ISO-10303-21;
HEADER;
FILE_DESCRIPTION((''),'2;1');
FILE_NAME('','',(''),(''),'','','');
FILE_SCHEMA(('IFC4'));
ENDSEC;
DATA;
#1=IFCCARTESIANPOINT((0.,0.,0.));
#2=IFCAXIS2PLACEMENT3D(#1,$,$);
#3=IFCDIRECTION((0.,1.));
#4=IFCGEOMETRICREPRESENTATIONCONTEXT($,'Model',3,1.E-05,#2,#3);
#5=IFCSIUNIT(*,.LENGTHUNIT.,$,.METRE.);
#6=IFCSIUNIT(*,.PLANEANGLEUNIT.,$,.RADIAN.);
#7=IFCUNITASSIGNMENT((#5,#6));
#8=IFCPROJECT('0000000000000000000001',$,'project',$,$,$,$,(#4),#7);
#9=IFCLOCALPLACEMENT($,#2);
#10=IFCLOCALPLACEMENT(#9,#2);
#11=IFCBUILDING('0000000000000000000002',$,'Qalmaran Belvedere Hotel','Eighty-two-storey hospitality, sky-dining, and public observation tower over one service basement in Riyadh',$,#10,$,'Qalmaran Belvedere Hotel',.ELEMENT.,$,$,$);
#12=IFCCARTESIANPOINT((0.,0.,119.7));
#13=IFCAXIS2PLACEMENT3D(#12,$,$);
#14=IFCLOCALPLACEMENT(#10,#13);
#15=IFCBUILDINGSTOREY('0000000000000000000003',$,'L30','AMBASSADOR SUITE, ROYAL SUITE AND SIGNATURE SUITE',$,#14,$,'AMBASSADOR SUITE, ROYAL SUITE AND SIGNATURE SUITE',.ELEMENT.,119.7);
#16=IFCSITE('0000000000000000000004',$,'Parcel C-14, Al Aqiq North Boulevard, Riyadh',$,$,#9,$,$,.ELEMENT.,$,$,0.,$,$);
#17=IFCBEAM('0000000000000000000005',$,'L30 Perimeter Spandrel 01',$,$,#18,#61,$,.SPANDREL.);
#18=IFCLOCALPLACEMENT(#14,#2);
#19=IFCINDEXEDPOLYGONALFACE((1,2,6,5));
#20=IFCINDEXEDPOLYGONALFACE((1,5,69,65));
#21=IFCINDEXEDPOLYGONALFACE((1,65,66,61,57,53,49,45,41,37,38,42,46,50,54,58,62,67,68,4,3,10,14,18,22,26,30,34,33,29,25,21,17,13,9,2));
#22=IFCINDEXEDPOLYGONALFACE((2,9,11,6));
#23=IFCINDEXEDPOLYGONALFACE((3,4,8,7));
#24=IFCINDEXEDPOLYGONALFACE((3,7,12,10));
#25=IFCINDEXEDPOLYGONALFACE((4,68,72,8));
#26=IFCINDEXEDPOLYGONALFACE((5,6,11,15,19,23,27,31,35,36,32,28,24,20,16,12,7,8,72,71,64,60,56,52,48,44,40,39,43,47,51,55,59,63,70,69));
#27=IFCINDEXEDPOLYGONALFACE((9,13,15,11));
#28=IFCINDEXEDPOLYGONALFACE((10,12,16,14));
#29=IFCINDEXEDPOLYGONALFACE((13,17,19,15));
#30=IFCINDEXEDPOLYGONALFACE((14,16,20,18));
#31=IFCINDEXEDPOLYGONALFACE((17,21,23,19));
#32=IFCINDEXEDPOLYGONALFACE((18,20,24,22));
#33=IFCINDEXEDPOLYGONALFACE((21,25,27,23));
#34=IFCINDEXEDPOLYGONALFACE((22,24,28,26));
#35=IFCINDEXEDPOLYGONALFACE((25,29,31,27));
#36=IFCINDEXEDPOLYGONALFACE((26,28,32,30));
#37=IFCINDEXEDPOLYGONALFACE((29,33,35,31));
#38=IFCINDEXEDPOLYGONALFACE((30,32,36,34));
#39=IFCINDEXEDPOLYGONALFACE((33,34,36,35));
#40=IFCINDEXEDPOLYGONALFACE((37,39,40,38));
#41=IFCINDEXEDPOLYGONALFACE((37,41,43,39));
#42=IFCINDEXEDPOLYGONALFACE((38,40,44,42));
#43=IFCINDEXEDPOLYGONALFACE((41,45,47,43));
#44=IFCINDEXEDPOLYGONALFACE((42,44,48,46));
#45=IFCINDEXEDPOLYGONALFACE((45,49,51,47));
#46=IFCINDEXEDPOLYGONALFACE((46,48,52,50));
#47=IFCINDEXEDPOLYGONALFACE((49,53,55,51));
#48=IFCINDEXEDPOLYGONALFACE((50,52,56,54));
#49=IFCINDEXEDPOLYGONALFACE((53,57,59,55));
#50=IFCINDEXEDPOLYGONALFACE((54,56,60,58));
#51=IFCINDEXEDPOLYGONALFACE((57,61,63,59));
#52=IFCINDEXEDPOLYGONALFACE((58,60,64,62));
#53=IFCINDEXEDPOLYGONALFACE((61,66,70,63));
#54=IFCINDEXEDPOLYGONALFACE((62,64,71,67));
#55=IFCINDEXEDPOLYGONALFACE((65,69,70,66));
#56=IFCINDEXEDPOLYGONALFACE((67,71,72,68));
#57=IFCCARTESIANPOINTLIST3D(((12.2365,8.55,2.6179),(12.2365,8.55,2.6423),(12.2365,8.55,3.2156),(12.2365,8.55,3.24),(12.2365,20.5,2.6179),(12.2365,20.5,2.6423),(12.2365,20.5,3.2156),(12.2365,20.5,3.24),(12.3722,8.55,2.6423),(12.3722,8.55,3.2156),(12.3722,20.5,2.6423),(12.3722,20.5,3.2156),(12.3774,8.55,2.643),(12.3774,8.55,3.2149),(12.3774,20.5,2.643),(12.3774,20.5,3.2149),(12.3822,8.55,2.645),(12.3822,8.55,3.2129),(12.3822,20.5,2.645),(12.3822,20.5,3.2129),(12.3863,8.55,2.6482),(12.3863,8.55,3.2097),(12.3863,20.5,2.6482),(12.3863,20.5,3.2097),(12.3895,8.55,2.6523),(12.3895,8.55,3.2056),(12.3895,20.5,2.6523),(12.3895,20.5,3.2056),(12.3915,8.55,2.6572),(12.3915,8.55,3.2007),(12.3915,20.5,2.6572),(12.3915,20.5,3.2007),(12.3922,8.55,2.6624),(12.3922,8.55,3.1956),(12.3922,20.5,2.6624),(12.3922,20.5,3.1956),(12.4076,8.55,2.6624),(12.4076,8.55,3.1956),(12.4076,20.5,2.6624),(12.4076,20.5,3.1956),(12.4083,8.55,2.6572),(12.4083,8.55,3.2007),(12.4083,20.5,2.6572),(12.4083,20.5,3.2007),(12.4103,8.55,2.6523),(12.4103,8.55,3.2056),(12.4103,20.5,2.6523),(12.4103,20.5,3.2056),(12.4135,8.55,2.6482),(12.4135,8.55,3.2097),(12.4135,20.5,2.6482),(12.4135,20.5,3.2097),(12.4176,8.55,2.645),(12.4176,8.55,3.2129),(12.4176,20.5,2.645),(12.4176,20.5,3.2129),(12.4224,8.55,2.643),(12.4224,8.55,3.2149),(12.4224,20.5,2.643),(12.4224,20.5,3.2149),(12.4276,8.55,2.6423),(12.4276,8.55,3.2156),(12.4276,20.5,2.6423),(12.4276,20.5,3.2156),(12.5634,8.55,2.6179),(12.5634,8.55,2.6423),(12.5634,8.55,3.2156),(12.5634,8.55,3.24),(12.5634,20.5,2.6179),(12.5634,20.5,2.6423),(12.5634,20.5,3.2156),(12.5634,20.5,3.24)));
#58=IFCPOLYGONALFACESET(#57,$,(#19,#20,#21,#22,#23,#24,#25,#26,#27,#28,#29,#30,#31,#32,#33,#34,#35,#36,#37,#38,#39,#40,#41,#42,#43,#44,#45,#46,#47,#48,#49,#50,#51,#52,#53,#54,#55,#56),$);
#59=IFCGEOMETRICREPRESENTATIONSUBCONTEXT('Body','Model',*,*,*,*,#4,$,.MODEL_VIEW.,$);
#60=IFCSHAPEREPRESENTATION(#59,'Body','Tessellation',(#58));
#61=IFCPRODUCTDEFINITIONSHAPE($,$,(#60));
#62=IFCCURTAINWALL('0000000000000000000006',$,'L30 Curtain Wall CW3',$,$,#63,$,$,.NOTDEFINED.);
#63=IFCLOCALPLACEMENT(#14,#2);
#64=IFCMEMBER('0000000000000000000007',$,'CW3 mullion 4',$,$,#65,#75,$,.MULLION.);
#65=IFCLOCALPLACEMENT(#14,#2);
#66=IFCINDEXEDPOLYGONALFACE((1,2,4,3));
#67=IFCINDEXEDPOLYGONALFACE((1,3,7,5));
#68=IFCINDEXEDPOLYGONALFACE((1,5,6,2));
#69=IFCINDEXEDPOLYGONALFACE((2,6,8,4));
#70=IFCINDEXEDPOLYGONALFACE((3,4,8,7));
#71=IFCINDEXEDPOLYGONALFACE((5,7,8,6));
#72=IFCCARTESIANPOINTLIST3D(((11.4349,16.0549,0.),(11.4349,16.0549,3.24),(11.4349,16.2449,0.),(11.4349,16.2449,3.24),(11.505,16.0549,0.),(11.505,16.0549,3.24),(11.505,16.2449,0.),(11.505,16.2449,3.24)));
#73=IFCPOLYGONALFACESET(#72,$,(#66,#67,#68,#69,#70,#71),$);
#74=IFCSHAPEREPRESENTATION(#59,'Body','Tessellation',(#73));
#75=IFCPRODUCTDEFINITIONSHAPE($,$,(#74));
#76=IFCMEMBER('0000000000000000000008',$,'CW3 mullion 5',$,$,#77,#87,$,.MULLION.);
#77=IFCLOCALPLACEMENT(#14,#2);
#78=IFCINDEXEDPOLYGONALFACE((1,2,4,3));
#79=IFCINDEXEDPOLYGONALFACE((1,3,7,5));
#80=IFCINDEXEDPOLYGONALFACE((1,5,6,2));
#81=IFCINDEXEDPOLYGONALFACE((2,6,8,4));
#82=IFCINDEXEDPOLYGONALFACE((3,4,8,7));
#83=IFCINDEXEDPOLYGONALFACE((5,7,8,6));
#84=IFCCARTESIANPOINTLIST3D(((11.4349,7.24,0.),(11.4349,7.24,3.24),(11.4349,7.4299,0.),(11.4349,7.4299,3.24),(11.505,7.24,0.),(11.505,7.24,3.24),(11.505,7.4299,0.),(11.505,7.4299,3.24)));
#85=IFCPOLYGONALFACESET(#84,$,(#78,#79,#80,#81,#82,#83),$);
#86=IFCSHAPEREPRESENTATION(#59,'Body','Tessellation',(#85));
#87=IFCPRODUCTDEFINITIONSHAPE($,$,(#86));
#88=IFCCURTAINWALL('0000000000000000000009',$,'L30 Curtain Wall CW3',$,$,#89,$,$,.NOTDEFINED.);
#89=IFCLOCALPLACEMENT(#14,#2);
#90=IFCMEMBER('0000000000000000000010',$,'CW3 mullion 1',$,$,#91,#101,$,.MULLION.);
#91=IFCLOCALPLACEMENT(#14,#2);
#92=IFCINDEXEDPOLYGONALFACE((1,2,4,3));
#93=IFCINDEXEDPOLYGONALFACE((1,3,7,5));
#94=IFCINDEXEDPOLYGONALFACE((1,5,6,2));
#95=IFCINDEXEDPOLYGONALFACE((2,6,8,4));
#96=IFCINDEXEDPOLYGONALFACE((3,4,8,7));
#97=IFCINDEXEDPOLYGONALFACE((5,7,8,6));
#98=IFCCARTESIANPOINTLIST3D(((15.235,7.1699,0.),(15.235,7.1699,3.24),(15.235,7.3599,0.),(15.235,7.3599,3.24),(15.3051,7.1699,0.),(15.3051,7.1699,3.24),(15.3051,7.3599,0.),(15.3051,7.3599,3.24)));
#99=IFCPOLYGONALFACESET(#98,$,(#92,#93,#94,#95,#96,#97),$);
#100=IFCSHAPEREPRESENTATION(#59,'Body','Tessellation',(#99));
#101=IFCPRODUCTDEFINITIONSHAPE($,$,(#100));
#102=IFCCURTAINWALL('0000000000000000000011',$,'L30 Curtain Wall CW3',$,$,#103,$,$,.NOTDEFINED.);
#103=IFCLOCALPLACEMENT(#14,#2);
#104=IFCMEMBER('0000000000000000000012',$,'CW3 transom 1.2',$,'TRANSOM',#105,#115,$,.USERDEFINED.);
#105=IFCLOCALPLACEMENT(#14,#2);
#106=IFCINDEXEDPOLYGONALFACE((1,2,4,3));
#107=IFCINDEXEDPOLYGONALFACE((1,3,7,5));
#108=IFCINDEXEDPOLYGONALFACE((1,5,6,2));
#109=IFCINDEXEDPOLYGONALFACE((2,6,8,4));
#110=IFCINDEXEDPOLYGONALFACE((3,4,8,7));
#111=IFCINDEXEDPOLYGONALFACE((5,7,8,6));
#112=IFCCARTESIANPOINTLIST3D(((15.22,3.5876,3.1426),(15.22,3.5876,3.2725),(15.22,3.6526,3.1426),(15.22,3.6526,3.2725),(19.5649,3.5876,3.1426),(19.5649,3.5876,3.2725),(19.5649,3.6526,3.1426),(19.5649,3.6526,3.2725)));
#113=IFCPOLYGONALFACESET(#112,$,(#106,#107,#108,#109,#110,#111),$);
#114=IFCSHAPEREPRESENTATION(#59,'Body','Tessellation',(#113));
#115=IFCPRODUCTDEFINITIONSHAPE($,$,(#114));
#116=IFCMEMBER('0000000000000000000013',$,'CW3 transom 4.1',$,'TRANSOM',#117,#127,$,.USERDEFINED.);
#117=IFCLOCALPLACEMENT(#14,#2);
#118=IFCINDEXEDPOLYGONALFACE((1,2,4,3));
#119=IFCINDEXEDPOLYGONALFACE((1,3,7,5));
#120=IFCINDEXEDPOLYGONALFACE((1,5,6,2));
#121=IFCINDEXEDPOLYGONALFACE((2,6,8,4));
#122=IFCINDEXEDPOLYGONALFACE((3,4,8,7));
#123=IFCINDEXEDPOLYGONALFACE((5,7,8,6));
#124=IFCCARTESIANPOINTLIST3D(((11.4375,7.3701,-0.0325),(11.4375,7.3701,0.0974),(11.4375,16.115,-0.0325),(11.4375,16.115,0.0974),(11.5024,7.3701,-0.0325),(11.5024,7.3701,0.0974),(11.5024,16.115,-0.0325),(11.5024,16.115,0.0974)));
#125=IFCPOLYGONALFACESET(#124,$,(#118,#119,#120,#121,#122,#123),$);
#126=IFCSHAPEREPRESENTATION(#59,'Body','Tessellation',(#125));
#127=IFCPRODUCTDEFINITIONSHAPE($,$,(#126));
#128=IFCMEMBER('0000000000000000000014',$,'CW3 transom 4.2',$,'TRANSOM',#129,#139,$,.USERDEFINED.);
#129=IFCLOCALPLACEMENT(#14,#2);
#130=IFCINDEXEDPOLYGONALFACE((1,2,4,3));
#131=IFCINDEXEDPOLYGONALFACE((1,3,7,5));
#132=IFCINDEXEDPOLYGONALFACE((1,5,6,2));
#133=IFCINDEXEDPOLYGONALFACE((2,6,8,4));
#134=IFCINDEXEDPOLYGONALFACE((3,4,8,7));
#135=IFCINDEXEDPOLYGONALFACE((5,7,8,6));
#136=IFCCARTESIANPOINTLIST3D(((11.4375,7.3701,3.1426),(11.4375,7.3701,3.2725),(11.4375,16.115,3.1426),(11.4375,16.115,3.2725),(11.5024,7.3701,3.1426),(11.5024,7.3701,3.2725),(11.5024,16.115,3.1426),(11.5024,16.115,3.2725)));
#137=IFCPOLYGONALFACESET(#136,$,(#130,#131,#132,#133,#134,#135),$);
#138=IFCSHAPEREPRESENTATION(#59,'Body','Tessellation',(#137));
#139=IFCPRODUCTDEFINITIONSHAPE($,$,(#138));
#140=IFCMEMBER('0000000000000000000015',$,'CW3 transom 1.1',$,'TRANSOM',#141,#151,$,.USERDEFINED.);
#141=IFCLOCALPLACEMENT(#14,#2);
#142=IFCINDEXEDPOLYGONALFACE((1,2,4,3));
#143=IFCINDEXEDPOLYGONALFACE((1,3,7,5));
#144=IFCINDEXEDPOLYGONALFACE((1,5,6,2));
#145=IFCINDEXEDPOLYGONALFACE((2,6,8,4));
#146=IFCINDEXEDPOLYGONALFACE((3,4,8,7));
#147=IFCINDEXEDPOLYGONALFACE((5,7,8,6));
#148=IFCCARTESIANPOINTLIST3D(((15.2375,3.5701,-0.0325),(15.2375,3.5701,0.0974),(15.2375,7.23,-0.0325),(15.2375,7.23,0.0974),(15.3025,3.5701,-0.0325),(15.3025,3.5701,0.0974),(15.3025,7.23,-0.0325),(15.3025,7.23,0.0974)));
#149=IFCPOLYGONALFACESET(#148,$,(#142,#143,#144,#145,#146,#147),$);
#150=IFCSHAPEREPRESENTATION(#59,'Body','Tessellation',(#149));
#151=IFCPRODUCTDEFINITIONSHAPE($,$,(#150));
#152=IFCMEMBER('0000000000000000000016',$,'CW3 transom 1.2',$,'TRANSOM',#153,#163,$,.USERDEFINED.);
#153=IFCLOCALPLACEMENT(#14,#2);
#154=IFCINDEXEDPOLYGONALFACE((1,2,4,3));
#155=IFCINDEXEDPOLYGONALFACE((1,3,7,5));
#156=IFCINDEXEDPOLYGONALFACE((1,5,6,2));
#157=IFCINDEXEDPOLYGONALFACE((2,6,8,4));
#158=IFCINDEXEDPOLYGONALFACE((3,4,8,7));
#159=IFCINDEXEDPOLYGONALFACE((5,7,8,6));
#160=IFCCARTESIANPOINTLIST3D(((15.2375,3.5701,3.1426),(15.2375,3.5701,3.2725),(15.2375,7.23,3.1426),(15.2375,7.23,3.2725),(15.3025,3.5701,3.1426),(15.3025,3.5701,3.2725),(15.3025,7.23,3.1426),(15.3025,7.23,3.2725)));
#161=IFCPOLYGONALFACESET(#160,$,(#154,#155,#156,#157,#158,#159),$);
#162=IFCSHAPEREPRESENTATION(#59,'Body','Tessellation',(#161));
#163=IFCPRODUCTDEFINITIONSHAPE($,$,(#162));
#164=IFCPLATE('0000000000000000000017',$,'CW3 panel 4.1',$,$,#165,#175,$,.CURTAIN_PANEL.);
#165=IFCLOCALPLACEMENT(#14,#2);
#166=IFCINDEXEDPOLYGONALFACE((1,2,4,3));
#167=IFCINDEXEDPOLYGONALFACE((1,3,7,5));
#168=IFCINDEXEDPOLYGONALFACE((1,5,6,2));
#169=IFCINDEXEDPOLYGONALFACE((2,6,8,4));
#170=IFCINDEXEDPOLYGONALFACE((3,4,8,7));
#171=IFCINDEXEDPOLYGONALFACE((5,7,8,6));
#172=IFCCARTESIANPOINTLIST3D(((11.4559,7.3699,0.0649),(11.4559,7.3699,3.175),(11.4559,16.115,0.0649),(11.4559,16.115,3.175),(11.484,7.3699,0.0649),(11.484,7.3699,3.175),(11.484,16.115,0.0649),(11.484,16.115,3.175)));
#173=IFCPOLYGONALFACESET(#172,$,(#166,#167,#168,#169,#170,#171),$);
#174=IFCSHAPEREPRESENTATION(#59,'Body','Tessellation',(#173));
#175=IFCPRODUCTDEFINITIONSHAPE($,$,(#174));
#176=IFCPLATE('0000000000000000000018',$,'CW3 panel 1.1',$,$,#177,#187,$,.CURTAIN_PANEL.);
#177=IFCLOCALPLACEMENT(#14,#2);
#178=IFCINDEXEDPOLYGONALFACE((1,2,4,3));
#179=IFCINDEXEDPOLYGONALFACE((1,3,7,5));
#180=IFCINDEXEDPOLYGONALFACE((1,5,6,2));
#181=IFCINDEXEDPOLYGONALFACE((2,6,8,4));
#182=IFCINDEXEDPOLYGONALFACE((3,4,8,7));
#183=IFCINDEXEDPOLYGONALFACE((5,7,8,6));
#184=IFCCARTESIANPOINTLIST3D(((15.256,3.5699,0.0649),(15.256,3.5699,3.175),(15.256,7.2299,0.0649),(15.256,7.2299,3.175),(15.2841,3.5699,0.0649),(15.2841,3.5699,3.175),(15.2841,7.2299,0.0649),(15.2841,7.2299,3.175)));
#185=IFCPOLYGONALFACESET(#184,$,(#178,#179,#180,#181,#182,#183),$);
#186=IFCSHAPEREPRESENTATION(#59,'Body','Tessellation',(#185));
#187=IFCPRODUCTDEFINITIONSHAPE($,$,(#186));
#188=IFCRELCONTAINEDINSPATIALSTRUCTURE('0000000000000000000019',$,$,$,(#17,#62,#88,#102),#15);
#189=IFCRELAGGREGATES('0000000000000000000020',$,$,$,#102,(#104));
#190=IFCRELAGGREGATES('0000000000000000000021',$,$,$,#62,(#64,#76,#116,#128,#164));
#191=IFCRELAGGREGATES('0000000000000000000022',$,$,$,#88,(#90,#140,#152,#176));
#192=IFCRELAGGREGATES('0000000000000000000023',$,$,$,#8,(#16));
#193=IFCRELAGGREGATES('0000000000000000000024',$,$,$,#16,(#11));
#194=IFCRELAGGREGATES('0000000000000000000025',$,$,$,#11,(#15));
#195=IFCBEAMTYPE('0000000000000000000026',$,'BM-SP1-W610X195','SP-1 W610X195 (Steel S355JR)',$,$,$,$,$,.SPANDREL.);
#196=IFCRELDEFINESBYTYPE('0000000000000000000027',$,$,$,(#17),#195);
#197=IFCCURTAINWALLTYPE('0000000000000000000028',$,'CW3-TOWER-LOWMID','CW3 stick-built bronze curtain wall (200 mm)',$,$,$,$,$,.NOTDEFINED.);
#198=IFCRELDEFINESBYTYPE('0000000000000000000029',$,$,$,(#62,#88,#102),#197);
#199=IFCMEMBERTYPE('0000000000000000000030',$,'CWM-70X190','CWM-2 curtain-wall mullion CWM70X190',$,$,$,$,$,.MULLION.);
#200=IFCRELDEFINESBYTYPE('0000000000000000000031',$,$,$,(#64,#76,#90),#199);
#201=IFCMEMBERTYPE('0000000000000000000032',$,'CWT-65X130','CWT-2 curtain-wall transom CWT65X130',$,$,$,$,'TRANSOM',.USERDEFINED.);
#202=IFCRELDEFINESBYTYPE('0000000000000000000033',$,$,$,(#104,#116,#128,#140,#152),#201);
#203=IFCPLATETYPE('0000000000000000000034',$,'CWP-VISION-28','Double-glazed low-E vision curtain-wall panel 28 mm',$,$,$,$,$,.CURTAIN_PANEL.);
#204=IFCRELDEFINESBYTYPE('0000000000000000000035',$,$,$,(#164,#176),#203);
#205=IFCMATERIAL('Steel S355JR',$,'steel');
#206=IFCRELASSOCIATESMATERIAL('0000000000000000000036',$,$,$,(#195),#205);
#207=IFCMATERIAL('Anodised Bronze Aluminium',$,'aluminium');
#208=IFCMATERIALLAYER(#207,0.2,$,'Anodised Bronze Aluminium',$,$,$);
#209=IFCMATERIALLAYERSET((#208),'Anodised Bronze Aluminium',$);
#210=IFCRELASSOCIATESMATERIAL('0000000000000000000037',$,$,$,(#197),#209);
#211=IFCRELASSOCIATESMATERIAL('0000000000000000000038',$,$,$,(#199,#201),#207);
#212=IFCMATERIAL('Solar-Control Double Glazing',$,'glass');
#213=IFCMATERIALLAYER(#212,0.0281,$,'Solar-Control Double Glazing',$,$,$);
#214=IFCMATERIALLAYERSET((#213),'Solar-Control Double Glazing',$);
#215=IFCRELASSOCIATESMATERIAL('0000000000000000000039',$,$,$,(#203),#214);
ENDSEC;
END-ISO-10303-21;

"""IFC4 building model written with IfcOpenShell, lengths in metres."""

from ifc_helpers import new_model, si_unit, direction, frame, origin, origin_2d, place, context, subcontext, project, spatial, rectangle, i_section, extrude, material, layer, layer_set, material_profile, profile_set, type_object, element, aggregate, save


model = new_model("IFC4")

# Units and contexts
model_context = context("Model", 3, precision=1e-05, world=origin(), true_north=direction((0.0, 1.0)))
body_context = subcontext(model_context, "Body", "Model", "MODEL_VIEW")
ifc_project = project(units=[si_unit("LENGTHUNIT", "METRE"), si_unit("PLANEANGLEUNIT", "RADIAN")], contexts=[model_context])

# Site, building, storey
site_placement = place(None, origin())
site = spatial("IfcSite", under=ifc_project, at=site_placement, Name="Parcel C-14, Al Aqiq North Boulevard, Riyadh", CompositionType="ELEMENT", RefElevation=0.0)
building_placement = place(site_placement, origin())
building = spatial("IfcBuilding", under=site, at=building_placement, Name="Qalmaran Belvedere Hotel", Description="Eighty-two-storey hospitality, sky-dining, and public observation tower over one service basement in Riyadh", LongName="Qalmaran Belvedere Hotel", CompositionType="ELEMENT")
storey_placement = place(building_placement, frame((0.0, 0.0, 119.7)))
storey = spatial("IfcBuildingStorey", under=building, at=storey_placement, Name="L30", Description="AMBASSADOR SUITE, ROYAL SUITE AND SIGNATURE SUITE", LongName="AMBASSADOR SUITE, ROYAL SUITE AND SIGNATURE SUITE", CompositionType="ELEMENT", Elevation=119.7)

# Beam
ifc_material_1 = material(Name="Steel S355JR", Category="steel")
ifc_material_profile_1 = material_profile(ifc_material_1, i_section(OverallWidth=0.3269, OverallDepth=0.6221, WebThickness=0.0154, FlangeThickness=0.0244, FilletRadius=0.02, at=origin_2d()), Name="W610X195")
ifc_profile_set_1 = profile_set([ifc_material_profile_1], Name="Steel S355JR")
beam_type_1 = type_object("IfcBeamType", Name="BM-SP1-W610X195", Description="SP-1 W610X195 (Steel S355JR)", PredefinedType="SPANDREL", material=ifc_profile_set_1)
beam_1_placement = place(storey_placement, frame((12.3999, 8.55, 2.929), z_axis=(0.0, 1.0, 0.0), x_axis=(-1.0, 0.0, 0.0)))
element("IfcBeam", 1, at=beam_1_placement, inside=storey, type_object=beam_type_1, Name="L30 Perimeter Spandrel 01", PredefinedType="SPANDREL", context=body_context, shape_type="SweptSolid", body=[
    extrude(i_section(OverallWidth=0.3269, OverallDepth=0.6221, WebThickness=0.0154, FlangeThickness=0.0244, FilletRadius=0.02, at=origin_2d()), origin(), (0.0, 0.0, 1.0), 11.95),
])

# Curtain wall, members
ifc_material_2 = material(Name="Anodised Bronze Aluminium", Category="aluminium")
ifc_layer_1 = layer(ifc_material_2, 0.2, Name="Anodised Bronze Aluminium")
ifc_layer_set_1 = layer_set([ifc_layer_1], Name="Anodised Bronze Aluminium")
curtain_wall_type = type_object("IfcCurtainWallType", Name="CW3-TOWER-LOWMID", Description="CW3 stick-built bronze curtain wall (200 mm)", PredefinedType="NOTDEFINED", material=ifc_layer_set_1)
curtain_wall_1_placement = place(storey_placement, origin())
curtain_wall_1 = element("IfcCurtainWall", 2, at=curtain_wall_1_placement, inside=storey, type_object=curtain_wall_type, Name="L30 Curtain Wall CW3", PredefinedType="NOTDEFINED")
ifc_material_profile_2 = material_profile(ifc_material_2, rectangle(XDim=0.0701, YDim=0.1899, at=origin_2d()), Name="CWM70X190")
ifc_profile_set_2 = profile_set([ifc_material_profile_2], Name="Anodised Bronze Aluminium")
member_type_1 = type_object("IfcMemberType", Name="CWM-70X190", Description="CWM-2 curtain-wall mullion CWM70X190", PredefinedType="MULLION", material=ifc_profile_set_2)
member_1_placement = place(storey_placement, frame((11.47, 16.1499, 0.0), z_axis=(0.0, 0.0, 1.0), x_axis=(1.0, 0.0, 0.0)))
member_1 = element("IfcMember", 3, at=member_1_placement, type_object=member_type_1, Name="CW3 mullion 4", PredefinedType="MULLION", context=body_context, shape_type="SweptSolid", body=[
    extrude(rectangle(XDim=0.0701, YDim=0.1899, at=origin_2d()), origin(), (0.0, 0.0, 1.0), 3.24),
])
member_2_placement = place(storey_placement, frame((11.47, 7.335, 0.0), z_axis=(0.0, 0.0, 1.0), x_axis=(1.0, 0.0, 0.0)))
member_2 = element("IfcMember", 4, at=member_2_placement, type_object=member_type_1, Name="CW3 mullion 5", PredefinedType="MULLION", context=body_context, shape_type="SweptSolid", body=[
    extrude(rectangle(XDim=0.0701, YDim=0.1899, at=origin_2d()), origin(), (0.0, 0.0, 1.0), 3.24),
])

# Curtain walls, members
curtain_wall_2_placement = place(storey_placement, origin())
curtain_wall_2 = element("IfcCurtainWall", 5, at=curtain_wall_2_placement, inside=storey, type_object=curtain_wall_type, Name="L30 Curtain Wall CW3", PredefinedType="NOTDEFINED")
member_3_placement = place(storey_placement, frame((15.27, 7.2649, 0.0), z_axis=(0.0, 0.0, 1.0), x_axis=(1.0, 0.0, 0.0)))
member_3 = element("IfcMember", 6, at=member_3_placement, type_object=member_type_1, Name="CW3 mullion 1", PredefinedType="MULLION", context=body_context, shape_type="SweptSolid", body=[
    extrude(rectangle(XDim=0.0701, YDim=0.1899, at=origin_2d()), origin(), (0.0, 0.0, 1.0), 3.24),
])
curtain_wall_3_placement = place(storey_placement, origin())
curtain_wall_3 = element("IfcCurtainWall", 7, at=curtain_wall_3_placement, inside=storey, type_object=curtain_wall_type, Name="L30 Curtain Wall CW3", PredefinedType="NOTDEFINED")
ifc_material_profile_3 = material_profile(ifc_material_2, rectangle(XDim=0.0649, YDim=0.1299, at=origin_2d()), Name="CWT65X130")
ifc_profile_set_3 = profile_set([ifc_material_profile_3], Name="Anodised Bronze Aluminium")
member_type_2 = type_object("IfcMemberType", Name="CWT-65X130", Description="CWT-2 curtain-wall transom CWT65X130", ElementType="TRANSOM", PredefinedType="USERDEFINED", material=ifc_profile_set_3)
member_4_placement = place(storey_placement, frame((15.22, 3.6201, 3.2075), z_axis=(1.0, 0.0, 0.0), x_axis=(0.0, 1.0, 0.0)))
member_4 = element("IfcMember", 8, at=member_4_placement, type_object=member_type_2, Name="CW3 transom 1.2", ObjectType="TRANSOM", PredefinedType="USERDEFINED", context=body_context, shape_type="SweptSolid", body=[
    extrude(rectangle(XDim=0.0649, YDim=0.1299, at=origin_2d()), origin(), (0.0, 0.0, 1.0), 4.345),
])
aggregate(curtain_wall_3, [member_4])

# Members
member_5_placement = place(storey_placement, frame((11.47, 16.115, 0.0325), z_axis=(0.0, -1.0, 0.0), x_axis=(1.0, 0.0, 0.0)))
member_5 = element("IfcMember", 9, at=member_5_placement, type_object=member_type_2, Name="CW3 transom 4.1", ObjectType="TRANSOM", PredefinedType="USERDEFINED", context=body_context, shape_type="SweptSolid", body=[
    extrude(rectangle(XDim=0.0649, YDim=0.1299, at=origin_2d()), origin(), (0.0, 0.0, 1.0), 8.7449),
])
member_6_placement = place(storey_placement, frame((11.47, 16.115, 3.2075), z_axis=(0.0, -1.0, 0.0), x_axis=(1.0, 0.0, 0.0)))
member_6 = element("IfcMember", 10, at=member_6_placement, type_object=member_type_2, Name="CW3 transom 4.2", ObjectType="TRANSOM", PredefinedType="USERDEFINED", context=body_context, shape_type="SweptSolid", body=[
    extrude(rectangle(XDim=0.0649, YDim=0.1299, at=origin_2d()), origin(), (0.0, 0.0, 1.0), 8.7449),
])
member_7_placement = place(storey_placement, frame((15.27, 7.23, 0.0325), z_axis=(0.0, -1.0, 0.0), x_axis=(1.0, 0.0, 0.0)))
member_7 = element("IfcMember", 11, at=member_7_placement, type_object=member_type_2, Name="CW3 transom 1.1", ObjectType="TRANSOM", PredefinedType="USERDEFINED", context=body_context, shape_type="SweptSolid", body=[
    extrude(rectangle(XDim=0.0649, YDim=0.1299, at=origin_2d()), origin(), (0.0, 0.0, 1.0), 3.6599),
])
member_8_placement = place(storey_placement, frame((15.27, 7.23, 3.2075), z_axis=(0.0, -1.0, 0.0), x_axis=(1.0, 0.0, 0.0)))
member_8 = element("IfcMember", 12, at=member_8_placement, type_object=member_type_2, Name="CW3 transom 1.2", ObjectType="TRANSOM", PredefinedType="USERDEFINED", context=body_context, shape_type="SweptSolid", body=[
    extrude(rectangle(XDim=0.0649, YDim=0.1299, at=origin_2d()), origin(), (0.0, 0.0, 1.0), 3.6599),
])

# Plates
ifc_material_3 = material(Name="Solar-Control Double Glazing", Category="glass")
ifc_layer_2 = layer(ifc_material_3, 0.0281, Name="Solar-Control Double Glazing")
ifc_layer_set_2 = layer_set([ifc_layer_2], Name="Solar-Control Double Glazing")
plate_type = type_object("IfcPlateType", Name="CWP-VISION-28", Description="Double-glazed low-E vision curtain-wall panel 28 mm", PredefinedType="CURTAIN_PANEL", material=ifc_layer_set_2)
plate_1_placement = place(storey_placement, frame((11.47, 11.7424, 0.0649), z_axis=(0.0, 0.0, 1.0), x_axis=(0.0, -1.0, 0.0)))
plate_1 = element("IfcPlate", 13, at=plate_1_placement, type_object=plate_type, Name="CW3 panel 4.1", PredefinedType="CURTAIN_PANEL", context=body_context, shape_type="SweptSolid", body=[
    extrude(rectangle(XDim=8.7451, YDim=0.0281, at=origin_2d()), origin(), (0.0, 0.0, 1.0), 3.1101),
])
aggregate(curtain_wall_1, [member_1, member_2, member_5, member_6, plate_1])
plate_2_placement = place(storey_placement, frame((15.27, 5.3999, 0.0649), z_axis=(0.0, 0.0, 1.0), x_axis=(0.0, -1.0, 0.0)))
plate_2 = element("IfcPlate", 14, at=plate_2_placement, type_object=plate_type, Name="CW3 panel 1.1", PredefinedType="CURTAIN_PANEL", context=body_context, shape_type="SweptSolid", body=[
    extrude(rectangle(XDim=3.6599, YDim=0.0281, at=origin_2d()), origin(), (0.0, 0.0, 1.0), 3.1101),
])
aggregate(curtain_wall_2, [member_3, member_7, member_8, plate_2])

save(model, "model.ifc")
